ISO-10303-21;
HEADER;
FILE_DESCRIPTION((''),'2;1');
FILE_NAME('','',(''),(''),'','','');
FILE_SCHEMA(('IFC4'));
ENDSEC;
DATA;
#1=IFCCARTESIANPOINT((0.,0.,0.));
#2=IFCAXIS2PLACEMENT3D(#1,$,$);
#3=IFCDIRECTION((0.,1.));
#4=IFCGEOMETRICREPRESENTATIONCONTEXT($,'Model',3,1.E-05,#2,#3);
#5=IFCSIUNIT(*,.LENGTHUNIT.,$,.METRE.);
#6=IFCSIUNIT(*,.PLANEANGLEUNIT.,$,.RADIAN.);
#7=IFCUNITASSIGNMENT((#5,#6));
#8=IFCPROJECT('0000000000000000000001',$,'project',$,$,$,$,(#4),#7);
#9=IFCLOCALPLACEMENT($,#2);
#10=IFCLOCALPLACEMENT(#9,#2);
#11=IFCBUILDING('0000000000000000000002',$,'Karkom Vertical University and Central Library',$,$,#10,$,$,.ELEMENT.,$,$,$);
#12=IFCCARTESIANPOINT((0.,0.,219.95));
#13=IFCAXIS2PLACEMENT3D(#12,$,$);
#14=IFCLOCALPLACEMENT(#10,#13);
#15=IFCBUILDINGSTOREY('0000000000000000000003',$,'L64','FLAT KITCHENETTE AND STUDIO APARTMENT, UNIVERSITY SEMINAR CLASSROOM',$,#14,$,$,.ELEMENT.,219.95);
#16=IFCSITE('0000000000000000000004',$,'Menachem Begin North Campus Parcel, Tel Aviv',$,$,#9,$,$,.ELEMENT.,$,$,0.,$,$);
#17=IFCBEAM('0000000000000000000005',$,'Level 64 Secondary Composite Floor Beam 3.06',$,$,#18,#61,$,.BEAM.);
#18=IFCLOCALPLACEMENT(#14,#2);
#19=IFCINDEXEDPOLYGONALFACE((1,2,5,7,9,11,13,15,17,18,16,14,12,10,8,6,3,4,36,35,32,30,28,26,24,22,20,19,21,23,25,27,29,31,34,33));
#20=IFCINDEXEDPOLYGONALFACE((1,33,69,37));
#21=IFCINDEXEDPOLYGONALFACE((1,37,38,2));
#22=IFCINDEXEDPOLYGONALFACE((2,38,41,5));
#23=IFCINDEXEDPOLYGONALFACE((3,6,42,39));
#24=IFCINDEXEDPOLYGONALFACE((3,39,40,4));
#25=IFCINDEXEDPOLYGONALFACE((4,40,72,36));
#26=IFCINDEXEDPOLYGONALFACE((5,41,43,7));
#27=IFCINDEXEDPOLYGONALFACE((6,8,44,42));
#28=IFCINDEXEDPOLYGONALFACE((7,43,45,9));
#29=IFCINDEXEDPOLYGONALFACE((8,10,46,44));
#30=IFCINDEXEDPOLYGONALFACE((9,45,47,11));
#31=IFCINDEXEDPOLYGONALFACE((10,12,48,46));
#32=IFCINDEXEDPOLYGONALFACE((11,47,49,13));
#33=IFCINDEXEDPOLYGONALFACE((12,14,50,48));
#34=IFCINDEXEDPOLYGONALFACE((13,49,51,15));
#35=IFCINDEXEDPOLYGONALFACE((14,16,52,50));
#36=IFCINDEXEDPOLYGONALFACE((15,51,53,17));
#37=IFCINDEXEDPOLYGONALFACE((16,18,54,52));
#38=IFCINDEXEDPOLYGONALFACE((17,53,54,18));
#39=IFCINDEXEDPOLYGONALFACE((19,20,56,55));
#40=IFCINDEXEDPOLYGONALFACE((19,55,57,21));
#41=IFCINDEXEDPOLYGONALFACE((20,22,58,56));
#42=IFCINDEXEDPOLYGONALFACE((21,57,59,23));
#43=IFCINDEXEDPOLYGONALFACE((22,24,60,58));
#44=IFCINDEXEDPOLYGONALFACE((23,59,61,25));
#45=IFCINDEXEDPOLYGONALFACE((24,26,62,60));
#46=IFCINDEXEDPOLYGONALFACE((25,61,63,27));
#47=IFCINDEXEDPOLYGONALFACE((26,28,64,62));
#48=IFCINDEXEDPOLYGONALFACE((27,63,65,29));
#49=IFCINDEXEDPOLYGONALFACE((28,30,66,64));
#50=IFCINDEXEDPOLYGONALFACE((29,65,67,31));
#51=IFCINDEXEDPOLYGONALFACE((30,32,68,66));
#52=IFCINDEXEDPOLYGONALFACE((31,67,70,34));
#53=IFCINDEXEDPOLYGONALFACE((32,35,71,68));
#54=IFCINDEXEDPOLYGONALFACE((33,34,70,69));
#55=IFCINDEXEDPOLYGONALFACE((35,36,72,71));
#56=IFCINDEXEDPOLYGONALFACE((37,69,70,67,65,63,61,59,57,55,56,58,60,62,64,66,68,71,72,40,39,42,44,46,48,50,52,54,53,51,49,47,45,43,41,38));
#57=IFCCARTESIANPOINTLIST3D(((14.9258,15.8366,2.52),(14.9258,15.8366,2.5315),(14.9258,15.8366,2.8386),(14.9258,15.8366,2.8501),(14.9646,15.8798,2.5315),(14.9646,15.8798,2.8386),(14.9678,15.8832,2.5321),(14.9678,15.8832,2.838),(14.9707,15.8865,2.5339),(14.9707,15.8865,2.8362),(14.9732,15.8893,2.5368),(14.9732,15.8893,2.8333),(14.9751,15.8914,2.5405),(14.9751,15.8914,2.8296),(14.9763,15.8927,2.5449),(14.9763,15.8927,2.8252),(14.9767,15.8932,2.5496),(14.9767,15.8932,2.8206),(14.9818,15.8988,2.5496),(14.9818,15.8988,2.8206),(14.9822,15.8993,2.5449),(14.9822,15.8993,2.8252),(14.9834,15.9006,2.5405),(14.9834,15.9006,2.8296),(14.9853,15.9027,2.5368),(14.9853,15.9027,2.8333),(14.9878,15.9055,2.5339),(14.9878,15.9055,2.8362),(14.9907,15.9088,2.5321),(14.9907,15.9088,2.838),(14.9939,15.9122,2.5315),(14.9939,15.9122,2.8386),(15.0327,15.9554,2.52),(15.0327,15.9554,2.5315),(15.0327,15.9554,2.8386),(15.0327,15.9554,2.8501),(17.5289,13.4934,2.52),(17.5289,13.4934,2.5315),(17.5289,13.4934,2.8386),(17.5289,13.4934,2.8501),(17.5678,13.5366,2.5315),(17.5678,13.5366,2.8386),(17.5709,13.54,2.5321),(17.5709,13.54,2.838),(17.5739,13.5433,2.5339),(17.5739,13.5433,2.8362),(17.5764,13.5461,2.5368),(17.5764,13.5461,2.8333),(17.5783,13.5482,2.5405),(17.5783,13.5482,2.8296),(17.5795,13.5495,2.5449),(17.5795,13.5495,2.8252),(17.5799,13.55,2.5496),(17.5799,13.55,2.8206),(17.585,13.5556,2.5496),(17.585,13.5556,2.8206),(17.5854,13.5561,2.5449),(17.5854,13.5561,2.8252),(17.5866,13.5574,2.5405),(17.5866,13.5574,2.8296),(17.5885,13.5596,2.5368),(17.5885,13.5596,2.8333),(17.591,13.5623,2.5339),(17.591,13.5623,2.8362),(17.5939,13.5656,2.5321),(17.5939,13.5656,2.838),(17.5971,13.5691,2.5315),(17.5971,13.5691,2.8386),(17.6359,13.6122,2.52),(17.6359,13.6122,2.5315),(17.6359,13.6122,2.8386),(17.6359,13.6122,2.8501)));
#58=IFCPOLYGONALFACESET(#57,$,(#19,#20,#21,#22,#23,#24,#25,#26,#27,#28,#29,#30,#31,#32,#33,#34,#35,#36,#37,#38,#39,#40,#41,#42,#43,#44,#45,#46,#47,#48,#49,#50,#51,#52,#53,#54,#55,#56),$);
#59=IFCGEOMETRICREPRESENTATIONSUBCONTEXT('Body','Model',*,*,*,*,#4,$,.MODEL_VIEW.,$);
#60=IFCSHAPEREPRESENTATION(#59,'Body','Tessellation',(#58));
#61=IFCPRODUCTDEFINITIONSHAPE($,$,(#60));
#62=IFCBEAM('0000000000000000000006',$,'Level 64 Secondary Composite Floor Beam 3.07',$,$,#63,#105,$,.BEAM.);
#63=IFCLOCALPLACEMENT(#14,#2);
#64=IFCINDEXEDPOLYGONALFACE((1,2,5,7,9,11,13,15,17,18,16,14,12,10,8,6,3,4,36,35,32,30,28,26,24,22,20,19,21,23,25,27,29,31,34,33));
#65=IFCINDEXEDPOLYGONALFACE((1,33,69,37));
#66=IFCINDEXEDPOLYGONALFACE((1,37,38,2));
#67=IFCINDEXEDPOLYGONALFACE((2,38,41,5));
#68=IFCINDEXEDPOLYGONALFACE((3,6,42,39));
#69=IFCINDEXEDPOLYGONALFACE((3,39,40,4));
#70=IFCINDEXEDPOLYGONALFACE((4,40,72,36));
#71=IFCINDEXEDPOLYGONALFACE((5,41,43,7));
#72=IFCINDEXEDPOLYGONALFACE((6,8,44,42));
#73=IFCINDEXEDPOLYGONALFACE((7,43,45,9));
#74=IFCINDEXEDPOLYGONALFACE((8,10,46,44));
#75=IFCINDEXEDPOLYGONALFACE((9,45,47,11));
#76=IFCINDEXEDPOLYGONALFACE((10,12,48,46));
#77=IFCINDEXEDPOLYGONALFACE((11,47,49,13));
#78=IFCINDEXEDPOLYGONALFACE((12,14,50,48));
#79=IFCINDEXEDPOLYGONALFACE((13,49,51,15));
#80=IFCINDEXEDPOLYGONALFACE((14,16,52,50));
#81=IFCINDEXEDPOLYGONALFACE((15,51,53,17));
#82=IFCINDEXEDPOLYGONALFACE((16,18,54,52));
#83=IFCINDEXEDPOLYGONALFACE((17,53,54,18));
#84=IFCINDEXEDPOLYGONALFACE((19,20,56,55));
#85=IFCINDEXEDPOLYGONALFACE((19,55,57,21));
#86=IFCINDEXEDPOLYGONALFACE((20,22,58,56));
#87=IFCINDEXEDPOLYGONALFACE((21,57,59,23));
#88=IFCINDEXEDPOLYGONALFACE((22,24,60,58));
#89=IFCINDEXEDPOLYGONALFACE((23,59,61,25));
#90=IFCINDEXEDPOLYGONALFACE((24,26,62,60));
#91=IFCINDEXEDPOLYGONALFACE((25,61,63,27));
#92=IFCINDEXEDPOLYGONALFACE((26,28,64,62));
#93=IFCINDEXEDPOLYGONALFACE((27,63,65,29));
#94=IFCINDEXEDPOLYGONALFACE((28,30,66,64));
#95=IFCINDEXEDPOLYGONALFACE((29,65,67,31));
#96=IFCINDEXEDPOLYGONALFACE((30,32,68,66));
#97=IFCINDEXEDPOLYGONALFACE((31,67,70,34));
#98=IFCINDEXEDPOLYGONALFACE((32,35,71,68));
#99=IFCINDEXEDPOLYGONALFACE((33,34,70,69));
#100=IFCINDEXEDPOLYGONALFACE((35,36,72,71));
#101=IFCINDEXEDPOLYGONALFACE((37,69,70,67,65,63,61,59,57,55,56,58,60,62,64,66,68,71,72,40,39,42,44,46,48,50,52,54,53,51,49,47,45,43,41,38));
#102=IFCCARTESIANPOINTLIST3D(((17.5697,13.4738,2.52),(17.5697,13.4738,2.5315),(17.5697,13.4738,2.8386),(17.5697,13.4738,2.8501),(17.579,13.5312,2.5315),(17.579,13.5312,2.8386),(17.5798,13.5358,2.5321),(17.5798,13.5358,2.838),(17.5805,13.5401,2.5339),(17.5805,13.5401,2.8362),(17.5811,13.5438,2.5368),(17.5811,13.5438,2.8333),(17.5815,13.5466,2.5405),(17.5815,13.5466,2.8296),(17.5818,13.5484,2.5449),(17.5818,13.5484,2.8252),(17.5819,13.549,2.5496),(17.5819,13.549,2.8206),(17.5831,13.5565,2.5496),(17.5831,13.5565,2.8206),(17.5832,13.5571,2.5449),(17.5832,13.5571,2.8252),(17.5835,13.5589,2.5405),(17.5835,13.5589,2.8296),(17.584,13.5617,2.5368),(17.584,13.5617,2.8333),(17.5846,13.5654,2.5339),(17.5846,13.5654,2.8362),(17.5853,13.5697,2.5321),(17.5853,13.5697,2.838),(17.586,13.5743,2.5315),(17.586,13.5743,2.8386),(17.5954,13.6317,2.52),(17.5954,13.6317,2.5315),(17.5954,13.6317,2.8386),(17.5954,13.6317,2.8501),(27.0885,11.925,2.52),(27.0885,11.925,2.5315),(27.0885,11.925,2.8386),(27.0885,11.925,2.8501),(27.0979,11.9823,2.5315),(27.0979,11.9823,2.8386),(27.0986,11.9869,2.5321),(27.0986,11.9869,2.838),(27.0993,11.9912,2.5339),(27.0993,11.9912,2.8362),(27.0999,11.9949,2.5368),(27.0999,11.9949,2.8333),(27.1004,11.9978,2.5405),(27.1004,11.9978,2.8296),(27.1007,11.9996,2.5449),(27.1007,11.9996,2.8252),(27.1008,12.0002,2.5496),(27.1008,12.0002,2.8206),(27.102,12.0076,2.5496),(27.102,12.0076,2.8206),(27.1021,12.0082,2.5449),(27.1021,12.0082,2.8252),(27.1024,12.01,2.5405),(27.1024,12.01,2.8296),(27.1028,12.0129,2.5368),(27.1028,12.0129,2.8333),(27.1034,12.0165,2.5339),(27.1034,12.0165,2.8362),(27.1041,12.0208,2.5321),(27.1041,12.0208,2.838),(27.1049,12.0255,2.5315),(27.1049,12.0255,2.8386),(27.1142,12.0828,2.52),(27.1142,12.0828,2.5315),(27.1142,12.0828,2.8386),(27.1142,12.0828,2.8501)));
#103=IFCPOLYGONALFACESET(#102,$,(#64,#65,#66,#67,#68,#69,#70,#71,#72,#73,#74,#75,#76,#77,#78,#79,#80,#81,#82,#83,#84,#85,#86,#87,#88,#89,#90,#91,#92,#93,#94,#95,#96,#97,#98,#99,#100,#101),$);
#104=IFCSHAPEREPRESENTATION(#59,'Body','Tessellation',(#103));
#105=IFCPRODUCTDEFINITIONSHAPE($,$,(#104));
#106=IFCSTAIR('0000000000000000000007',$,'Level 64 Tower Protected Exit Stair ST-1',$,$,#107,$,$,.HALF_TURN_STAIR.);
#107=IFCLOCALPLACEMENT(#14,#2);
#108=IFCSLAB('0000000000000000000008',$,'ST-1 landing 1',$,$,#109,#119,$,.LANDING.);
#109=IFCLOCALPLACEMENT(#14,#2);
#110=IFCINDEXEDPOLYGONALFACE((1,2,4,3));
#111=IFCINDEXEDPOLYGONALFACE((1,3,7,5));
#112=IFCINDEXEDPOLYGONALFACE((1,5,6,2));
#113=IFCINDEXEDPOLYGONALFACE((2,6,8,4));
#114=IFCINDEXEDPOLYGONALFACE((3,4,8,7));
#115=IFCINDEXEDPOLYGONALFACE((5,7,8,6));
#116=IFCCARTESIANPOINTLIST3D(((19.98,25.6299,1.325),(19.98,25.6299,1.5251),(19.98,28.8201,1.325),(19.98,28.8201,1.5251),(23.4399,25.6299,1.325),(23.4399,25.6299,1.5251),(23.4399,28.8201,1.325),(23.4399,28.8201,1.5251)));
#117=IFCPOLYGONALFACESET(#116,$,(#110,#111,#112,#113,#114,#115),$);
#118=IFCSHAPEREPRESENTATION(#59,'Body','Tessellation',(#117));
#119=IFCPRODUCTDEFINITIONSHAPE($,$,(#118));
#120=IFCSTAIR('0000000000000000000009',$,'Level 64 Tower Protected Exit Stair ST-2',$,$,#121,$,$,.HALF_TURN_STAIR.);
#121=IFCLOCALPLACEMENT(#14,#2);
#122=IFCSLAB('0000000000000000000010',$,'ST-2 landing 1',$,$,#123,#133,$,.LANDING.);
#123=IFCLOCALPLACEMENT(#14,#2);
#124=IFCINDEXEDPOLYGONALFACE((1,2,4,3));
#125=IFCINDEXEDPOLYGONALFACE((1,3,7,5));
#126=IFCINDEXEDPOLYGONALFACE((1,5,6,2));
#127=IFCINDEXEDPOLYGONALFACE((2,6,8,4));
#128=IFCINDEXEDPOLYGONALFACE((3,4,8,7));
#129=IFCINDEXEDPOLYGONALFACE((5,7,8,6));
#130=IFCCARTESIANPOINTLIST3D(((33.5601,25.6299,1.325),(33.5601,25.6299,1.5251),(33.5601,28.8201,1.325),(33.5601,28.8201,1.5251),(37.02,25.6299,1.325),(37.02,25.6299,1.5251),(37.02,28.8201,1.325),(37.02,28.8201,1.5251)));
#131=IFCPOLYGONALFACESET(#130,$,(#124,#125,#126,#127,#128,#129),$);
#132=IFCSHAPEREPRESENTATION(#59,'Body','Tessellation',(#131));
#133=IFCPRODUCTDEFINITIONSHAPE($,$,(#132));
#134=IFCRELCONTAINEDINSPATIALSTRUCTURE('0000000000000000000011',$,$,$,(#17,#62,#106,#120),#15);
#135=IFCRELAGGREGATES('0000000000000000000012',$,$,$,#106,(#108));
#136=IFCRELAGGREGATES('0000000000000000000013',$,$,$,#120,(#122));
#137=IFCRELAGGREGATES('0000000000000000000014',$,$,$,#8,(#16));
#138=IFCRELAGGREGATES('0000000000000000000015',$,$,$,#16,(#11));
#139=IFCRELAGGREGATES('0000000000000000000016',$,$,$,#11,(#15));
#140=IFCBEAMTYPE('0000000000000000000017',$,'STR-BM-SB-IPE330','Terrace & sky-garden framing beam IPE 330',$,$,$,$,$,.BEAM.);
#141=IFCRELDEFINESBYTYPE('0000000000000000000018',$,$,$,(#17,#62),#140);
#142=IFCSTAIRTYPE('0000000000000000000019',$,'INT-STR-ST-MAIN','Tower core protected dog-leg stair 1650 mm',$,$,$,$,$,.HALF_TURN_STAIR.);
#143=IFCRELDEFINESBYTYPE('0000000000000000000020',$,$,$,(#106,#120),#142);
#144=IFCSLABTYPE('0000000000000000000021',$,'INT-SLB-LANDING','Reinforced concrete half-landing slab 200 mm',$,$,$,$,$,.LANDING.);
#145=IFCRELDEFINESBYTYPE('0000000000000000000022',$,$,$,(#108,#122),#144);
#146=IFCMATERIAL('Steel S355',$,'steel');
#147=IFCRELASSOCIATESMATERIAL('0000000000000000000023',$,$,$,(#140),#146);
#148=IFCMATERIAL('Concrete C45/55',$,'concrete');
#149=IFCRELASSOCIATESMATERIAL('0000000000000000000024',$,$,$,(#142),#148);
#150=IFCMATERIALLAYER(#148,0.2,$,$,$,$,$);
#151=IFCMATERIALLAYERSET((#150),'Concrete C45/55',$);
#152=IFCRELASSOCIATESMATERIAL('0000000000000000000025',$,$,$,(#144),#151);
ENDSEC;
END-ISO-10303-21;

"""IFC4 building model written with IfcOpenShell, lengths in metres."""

from ifc_helpers import new_model, si_unit, direction, frame, origin, origin_with_axes, origin_2d, place, context, subcontext, project, spatial, polyline, i_section, outline, extrude, source, transform, mapped, material, layer, layer_set, material_profile, profile_set, type_object, element, aggregate, save


model = new_model("IFC4")

# Units and contexts
model_context = context("Model", 3, precision=1e-05, world=origin(), true_north=direction((0.0, 1.0)))
body_context = subcontext(model_context, "Body", "Model", "MODEL_VIEW")
ifc_project = project(units=[si_unit("LENGTHUNIT", "METRE"), si_unit("PLANEANGLEUNIT", "RADIAN")], contexts=[model_context])

# Site, building, storey
site_placement = place(None, origin())
site = spatial("IfcSite", under=ifc_project, at=site_placement, Name="Menachem Begin North Campus Parcel, Tel Aviv", CompositionType="ELEMENT", RefElevation=0.0)
building_placement = place(site_placement, origin())
building = spatial("IfcBuilding", under=site, at=building_placement, Name="Karkom Vertical University and Central Library", CompositionType="ELEMENT")
storey_placement = place(building_placement, frame((0.0, 0.0, 219.95)))
storey = spatial("IfcBuildingStorey", under=building, at=storey_placement, Name="L64", Description="FLAT KITCHENETTE AND STUDIO APARTMENT, UNIVERSITY SEMINAR CLASSROOM", CompositionType="ELEMENT", Elevation=219.95)

# Shared definitions
ifc_material_1 = material(Name="Concrete C45/55", Category="concrete")

# Beams
ifc_material_2 = material(Name="Steel S355", Category="steel")
ifc_material_profile_1 = material_profile(ifc_material_2, i_section(OverallWidth=0.1599, OverallDepth=0.3301, WebThickness=0.0076, FlangeThickness=0.0115, FilletRadius=0.0181, at=origin_2d()), Name="IPE 330")
ifc_profile_set_1 = profile_set([ifc_material_profile_1], Name="Steel S355")
beam_type_1 = type_object("IfcBeamType", Name="STR-BM-SB-IPE330", Description="Terrace & sky-garden framing beam IPE 330", PredefinedType="BEAM", material=ifc_profile_set_1)
shared_shape_1 = source(origin_with_axes(), body_context, "Body", "SweptSolid", [
    extrude(i_section(OverallWidth=0.1599, OverallDepth=0.3301, WebThickness=0.0076, FlangeThickness=0.0115, FilletRadius=0.0181, at=origin_2d()), origin(), (0.0, 0.0, 1.0), 3.5024),
])
beam_1_placement = place(storey_placement, frame((14.9792, 15.896, 2.6851), z_axis=(0.743249, -0.669015, 0.0), x_axis=(0.669015, 0.743249, 0.0)))
element("IfcBeam", 1, at=beam_1_placement, inside=storey, type_object=beam_type_1, Name="Level 64 Secondary Composite Floor Beam 3.06", PredefinedType="BEAM", context=body_context, shape_type="MappedRepresentation", body=[
    mapped(shared_shape_1, transform((0.0, 0.0, 0.0), scale=1.0)),
])
shared_shape_2 = source(origin_with_axes(), body_context, "Body", "SweptSolid", [
    extrude(i_section(OverallWidth=0.1599, OverallDepth=0.3301, WebThickness=0.0076, FlangeThickness=0.0115, FilletRadius=0.0181, at=origin_2d()), origin(), (0.0, 0.0, 1.0), 9.644),
])
beam_2_placement = place(storey_placement, frame((17.5825, 13.5527, 2.6851), z_axis=(0.987019, -0.1606, 0.0), x_axis=(0.1606, 0.987019, 0.0)))
element("IfcBeam", 2, at=beam_2_placement, inside=storey, type_object=beam_type_1, Name="Level 64 Secondary Composite Floor Beam 3.07", PredefinedType="BEAM", context=body_context, shape_type="MappedRepresentation", body=[
    mapped(shared_shape_2, transform((0.0, 0.0, 0.0), scale=1.0)),
])

# Stairs, slabs
stair_type = type_object("IfcStairType", Name="INT-STR-ST-MAIN", Description="Tower core protected dog-leg stair 1650 mm", PredefinedType="HALF_TURN_STAIR", material=ifc_material_1)
stair_1_placement = place(storey_placement, origin())
stair_1 = element("IfcStair", 3, at=stair_1_placement, inside=storey, type_object=stair_type, Name="Level 64 Tower Protected Exit Stair ST-1", PredefinedType="HALF_TURN_STAIR")
ifc_layer_1 = layer(ifc_material_1, 0.2)
ifc_layer_set_1 = layer_set([ifc_layer_1], Name="Concrete C45/55")
slab_type_1 = type_object("IfcSlabType", Name="INT-SLB-LANDING", Description="Reinforced concrete half-landing slab 200 mm", PredefinedType="LANDING", material=ifc_layer_set_1)
slab_1_placement = place(storey_placement, frame((0.0, 0.0, 1.325)))
slab_1 = element("IfcSlab", 4, at=slab_1_placement, type_object=slab_type_1, Name="ST-1 landing 1", PredefinedType="LANDING", context=body_context, shape_type="SweptSolid", body=[
    extrude(outline(polyline([(23.4399, 25.6299), (23.4399, 28.8201), (19.98, 28.8201), (19.98, 25.6299), (23.4399, 25.6299)])), origin(), (0.0, 0.0, 1.0), 0.2002),
])
aggregate(stair_1, [slab_1])
stair_2_placement = place(storey_placement, origin())
stair_2 = element("IfcStair", 5, at=stair_2_placement, inside=storey, type_object=stair_type, Name="Level 64 Tower Protected Exit Stair ST-2", PredefinedType="HALF_TURN_STAIR")
slab_2_placement = place(storey_placement, frame((0.0, 0.0, 1.325)))
slab_2 = element("IfcSlab", 6, at=slab_2_placement, type_object=slab_type_1, Name="ST-2 landing 1", PredefinedType="LANDING", context=body_context, shape_type="SweptSolid", body=[
    extrude(outline(polyline([(37.02, 25.6299), (37.02, 28.8201), (33.5601, 28.8201), (33.5601, 25.6299), (37.02, 25.6299)])), origin(), (0.0, 0.0, 1.0), 0.2002),
])
aggregate(stair_2, [slab_2])

save(model, "model.ifc")
